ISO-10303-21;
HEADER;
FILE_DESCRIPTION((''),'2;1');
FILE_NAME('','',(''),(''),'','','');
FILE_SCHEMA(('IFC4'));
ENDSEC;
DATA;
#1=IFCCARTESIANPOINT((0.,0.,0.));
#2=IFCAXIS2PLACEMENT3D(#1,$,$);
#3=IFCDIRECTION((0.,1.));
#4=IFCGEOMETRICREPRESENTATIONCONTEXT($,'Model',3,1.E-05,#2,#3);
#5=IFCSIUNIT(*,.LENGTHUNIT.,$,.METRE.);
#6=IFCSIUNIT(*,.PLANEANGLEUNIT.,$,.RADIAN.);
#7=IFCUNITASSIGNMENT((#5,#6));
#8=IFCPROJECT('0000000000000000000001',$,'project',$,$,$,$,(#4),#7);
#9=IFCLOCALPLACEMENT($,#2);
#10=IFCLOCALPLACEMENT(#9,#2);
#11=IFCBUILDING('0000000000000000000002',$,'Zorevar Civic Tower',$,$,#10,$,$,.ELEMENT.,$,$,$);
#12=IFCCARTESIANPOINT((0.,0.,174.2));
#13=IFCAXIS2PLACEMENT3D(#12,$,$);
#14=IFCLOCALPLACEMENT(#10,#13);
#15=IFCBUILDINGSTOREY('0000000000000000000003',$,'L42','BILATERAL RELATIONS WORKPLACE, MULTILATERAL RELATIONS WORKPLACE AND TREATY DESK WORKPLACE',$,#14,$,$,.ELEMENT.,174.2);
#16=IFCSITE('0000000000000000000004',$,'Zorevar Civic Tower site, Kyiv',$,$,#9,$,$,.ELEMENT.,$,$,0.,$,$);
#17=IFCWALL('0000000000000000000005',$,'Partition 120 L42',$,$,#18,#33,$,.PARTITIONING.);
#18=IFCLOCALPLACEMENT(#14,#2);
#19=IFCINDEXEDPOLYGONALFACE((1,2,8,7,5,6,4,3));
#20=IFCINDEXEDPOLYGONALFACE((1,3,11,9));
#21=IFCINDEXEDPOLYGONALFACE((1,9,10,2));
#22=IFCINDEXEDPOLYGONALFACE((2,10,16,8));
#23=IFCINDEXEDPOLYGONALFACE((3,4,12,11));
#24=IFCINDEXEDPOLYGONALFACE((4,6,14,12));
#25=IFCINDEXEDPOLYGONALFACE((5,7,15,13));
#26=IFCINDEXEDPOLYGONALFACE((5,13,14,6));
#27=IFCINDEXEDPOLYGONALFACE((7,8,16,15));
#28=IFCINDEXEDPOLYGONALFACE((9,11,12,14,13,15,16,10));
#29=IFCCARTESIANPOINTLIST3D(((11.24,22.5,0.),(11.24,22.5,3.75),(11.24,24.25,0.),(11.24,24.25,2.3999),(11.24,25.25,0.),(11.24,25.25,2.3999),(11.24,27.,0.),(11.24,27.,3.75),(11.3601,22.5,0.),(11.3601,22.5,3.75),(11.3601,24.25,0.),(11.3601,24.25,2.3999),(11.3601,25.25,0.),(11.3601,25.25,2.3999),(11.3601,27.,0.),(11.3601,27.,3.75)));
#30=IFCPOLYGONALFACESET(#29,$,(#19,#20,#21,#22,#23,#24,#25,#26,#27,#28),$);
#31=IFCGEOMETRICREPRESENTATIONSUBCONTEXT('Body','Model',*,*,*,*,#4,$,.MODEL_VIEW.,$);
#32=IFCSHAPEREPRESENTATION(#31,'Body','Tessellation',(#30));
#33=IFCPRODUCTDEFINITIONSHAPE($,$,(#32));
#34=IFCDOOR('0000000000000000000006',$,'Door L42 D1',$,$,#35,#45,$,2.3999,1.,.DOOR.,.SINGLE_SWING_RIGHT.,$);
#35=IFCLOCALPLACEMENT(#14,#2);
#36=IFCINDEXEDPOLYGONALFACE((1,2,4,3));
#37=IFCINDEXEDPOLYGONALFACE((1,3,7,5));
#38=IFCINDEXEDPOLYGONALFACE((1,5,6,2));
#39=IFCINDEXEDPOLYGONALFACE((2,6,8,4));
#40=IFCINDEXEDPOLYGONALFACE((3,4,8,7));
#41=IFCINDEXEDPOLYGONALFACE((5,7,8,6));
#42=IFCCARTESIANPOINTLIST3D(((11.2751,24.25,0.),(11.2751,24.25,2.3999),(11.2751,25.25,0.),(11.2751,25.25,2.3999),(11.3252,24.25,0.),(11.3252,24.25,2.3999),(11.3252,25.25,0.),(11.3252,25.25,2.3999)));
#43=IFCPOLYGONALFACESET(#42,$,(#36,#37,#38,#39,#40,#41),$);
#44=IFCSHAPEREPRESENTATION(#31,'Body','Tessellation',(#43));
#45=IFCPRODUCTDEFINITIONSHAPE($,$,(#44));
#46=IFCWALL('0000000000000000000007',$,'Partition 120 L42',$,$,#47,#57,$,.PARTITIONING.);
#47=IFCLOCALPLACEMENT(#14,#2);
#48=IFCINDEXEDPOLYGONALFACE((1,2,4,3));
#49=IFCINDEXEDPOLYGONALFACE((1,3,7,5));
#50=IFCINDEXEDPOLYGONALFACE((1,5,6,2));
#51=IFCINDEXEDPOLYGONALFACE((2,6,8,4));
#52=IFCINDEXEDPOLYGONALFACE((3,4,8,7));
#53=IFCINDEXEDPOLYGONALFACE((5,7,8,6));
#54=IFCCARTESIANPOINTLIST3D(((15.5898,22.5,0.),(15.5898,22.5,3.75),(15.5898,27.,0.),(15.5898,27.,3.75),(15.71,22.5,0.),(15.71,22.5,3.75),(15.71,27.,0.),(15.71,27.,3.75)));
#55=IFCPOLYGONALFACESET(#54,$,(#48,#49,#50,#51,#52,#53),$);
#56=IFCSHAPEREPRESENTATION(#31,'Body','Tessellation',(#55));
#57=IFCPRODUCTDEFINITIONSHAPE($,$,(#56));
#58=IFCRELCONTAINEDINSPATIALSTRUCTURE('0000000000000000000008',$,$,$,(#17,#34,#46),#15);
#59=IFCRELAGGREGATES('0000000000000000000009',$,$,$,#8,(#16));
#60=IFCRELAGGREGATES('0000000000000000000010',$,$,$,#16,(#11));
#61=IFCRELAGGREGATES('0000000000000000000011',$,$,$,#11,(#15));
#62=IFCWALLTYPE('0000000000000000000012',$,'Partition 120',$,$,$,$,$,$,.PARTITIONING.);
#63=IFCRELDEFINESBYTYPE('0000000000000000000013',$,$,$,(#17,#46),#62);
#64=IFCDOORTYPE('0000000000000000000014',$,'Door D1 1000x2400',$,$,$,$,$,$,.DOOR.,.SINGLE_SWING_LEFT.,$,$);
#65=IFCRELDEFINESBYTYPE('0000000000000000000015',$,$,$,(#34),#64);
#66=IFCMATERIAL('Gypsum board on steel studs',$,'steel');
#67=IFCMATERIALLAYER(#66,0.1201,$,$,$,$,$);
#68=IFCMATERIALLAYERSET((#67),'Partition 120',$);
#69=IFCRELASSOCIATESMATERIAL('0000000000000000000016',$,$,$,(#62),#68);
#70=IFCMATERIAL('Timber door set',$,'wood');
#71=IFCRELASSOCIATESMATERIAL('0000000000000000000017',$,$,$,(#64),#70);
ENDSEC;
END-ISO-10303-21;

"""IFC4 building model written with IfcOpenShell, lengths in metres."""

from ifc_helpers import new_model, si_unit, direction, frame, frame_2d, origin, place, context, subcontext, project, spatial, rectangle, extrude, material, layer, layer_set, type_object, element, fill, save


model = new_model("IFC4")

# Units and contexts
model_context = context("Model", 3, precision=1e-05, world=origin(), true_north=direction((0.0, 1.0)))
body_context = subcontext(model_context, "Body", "Model", "MODEL_VIEW")
ifc_project = project(units=[si_unit("LENGTHUNIT", "METRE"), si_unit("PLANEANGLEUNIT", "RADIAN")], contexts=[model_context])

# Site, building, storey
site_placement = place(None, origin())
site = spatial("IfcSite", under=ifc_project, at=site_placement, Name="Zorevar Civic Tower site, Kyiv", CompositionType="ELEMENT", RefElevation=0.0)
building_placement = place(site_placement, origin())
building = spatial("IfcBuilding", under=site, at=building_placement, Name="Zorevar Civic Tower", CompositionType="ELEMENT")
storey_placement = place(building_placement, frame((0.0, 0.0, 174.2)))
storey = spatial("IfcBuildingStorey", under=building, at=storey_placement, Name="L42", Description="BILATERAL RELATIONS WORKPLACE, MULTILATERAL RELATIONS WORKPLACE AND TREATY DESK WORKPLACE", CompositionType="ELEMENT", Elevation=174.2)

# Shared definitions
ifc_material_1 = material(Name="Gypsum board on steel studs", Category="steel")
ifc_layer_1 = layer(ifc_material_1, 0.1201)
ifc_layer_set_1 = layer_set([ifc_layer_1], Name="Partition 120")
wall_type_1 = type_object("IfcWallType", Name="Partition 120", PredefinedType="PARTITIONING", material=ifc_layer_set_1)

# Wall, opening, door
wall_1_placement = place(storey_placement, frame((11.3, 22.5, 0.0), z_axis=(0.0, 0.0, 1.0), x_axis=(0.0, 1.0, 0.0)))
wall_1 = element("IfcWall", 1, at=wall_1_placement, inside=storey, type_object=wall_type_1, Name="Partition 120 L42", PredefinedType="PARTITIONING", context=body_context, shape_type="SweptSolid", body=[
    extrude(rectangle(XDim=4.5, YDim=0.1201, at=frame_2d((2.25, 0.0))), origin(), (0.0, 0.0, 1.0), 3.75),
])
opening_1_placement = place(wall_1_placement, frame((1.75, 0.0, 0.0)))
opening_1 = element("IfcOpeningElement", 2, at=opening_1_placement, cuts=wall_1, PredefinedType="OPENING", context=body_context, shape_type="SweptSolid", body=[
    extrude(rectangle(XDim=1.0, YDim=2.3999, at=frame_2d((0.5, 1.2))), frame((0.0, 0.0701, 0.0), z_axis=(0.0, -1.0, 0.0), x_axis=(1.0, 0.0, 0.0)), (0.0, 0.0, 1.0), 0.1401),
])
ifc_material_2 = material(Name="Timber door set", Category="wood")
door_type_1 = type_object("IfcDoorType", Name="Door D1 1000x2400", OperationType="SINGLE_SWING_LEFT", PredefinedType="DOOR", material=ifc_material_2)
door_1_placement = place(opening_1_placement, origin())
door_1 = element("IfcDoor", 3, at=door_1_placement, inside=storey, type_object=door_type_1, Name="Door L42 D1", OperationType="SINGLE_SWING_RIGHT", OverallHeight=2.3999, OverallWidth=1.0, PredefinedType="DOOR", context=body_context, shape_type="SweptSolid", body=[
    extrude(rectangle(XDim=1.0, YDim=2.3999, at=frame_2d((0.5, 1.2))), frame((0.0, 0.0249, 0.0), z_axis=(0.0, -1.0, 0.0), x_axis=(1.0, 0.0, 0.0)), (0.0, 0.0, 1.0), 0.05),
])
fill(opening_1, door_1)

# Wall
wall_2_placement = place(storey_placement, frame((15.6499, 22.5, 0.0), z_axis=(0.0, 0.0, 1.0), x_axis=(0.0, 1.0, 0.0)))
element("IfcWall", 4, at=wall_2_placement, inside=storey, type_object=wall_type_1, Name="Partition 120 L42", PredefinedType="PARTITIONING", context=body_context, shape_type="SweptSolid", body=[
    extrude(rectangle(XDim=4.5, YDim=0.1201, at=frame_2d((2.25, 0.0))), origin(), (0.0, 0.0, 1.0), 3.75),
])

save(model, "model.ifc")
